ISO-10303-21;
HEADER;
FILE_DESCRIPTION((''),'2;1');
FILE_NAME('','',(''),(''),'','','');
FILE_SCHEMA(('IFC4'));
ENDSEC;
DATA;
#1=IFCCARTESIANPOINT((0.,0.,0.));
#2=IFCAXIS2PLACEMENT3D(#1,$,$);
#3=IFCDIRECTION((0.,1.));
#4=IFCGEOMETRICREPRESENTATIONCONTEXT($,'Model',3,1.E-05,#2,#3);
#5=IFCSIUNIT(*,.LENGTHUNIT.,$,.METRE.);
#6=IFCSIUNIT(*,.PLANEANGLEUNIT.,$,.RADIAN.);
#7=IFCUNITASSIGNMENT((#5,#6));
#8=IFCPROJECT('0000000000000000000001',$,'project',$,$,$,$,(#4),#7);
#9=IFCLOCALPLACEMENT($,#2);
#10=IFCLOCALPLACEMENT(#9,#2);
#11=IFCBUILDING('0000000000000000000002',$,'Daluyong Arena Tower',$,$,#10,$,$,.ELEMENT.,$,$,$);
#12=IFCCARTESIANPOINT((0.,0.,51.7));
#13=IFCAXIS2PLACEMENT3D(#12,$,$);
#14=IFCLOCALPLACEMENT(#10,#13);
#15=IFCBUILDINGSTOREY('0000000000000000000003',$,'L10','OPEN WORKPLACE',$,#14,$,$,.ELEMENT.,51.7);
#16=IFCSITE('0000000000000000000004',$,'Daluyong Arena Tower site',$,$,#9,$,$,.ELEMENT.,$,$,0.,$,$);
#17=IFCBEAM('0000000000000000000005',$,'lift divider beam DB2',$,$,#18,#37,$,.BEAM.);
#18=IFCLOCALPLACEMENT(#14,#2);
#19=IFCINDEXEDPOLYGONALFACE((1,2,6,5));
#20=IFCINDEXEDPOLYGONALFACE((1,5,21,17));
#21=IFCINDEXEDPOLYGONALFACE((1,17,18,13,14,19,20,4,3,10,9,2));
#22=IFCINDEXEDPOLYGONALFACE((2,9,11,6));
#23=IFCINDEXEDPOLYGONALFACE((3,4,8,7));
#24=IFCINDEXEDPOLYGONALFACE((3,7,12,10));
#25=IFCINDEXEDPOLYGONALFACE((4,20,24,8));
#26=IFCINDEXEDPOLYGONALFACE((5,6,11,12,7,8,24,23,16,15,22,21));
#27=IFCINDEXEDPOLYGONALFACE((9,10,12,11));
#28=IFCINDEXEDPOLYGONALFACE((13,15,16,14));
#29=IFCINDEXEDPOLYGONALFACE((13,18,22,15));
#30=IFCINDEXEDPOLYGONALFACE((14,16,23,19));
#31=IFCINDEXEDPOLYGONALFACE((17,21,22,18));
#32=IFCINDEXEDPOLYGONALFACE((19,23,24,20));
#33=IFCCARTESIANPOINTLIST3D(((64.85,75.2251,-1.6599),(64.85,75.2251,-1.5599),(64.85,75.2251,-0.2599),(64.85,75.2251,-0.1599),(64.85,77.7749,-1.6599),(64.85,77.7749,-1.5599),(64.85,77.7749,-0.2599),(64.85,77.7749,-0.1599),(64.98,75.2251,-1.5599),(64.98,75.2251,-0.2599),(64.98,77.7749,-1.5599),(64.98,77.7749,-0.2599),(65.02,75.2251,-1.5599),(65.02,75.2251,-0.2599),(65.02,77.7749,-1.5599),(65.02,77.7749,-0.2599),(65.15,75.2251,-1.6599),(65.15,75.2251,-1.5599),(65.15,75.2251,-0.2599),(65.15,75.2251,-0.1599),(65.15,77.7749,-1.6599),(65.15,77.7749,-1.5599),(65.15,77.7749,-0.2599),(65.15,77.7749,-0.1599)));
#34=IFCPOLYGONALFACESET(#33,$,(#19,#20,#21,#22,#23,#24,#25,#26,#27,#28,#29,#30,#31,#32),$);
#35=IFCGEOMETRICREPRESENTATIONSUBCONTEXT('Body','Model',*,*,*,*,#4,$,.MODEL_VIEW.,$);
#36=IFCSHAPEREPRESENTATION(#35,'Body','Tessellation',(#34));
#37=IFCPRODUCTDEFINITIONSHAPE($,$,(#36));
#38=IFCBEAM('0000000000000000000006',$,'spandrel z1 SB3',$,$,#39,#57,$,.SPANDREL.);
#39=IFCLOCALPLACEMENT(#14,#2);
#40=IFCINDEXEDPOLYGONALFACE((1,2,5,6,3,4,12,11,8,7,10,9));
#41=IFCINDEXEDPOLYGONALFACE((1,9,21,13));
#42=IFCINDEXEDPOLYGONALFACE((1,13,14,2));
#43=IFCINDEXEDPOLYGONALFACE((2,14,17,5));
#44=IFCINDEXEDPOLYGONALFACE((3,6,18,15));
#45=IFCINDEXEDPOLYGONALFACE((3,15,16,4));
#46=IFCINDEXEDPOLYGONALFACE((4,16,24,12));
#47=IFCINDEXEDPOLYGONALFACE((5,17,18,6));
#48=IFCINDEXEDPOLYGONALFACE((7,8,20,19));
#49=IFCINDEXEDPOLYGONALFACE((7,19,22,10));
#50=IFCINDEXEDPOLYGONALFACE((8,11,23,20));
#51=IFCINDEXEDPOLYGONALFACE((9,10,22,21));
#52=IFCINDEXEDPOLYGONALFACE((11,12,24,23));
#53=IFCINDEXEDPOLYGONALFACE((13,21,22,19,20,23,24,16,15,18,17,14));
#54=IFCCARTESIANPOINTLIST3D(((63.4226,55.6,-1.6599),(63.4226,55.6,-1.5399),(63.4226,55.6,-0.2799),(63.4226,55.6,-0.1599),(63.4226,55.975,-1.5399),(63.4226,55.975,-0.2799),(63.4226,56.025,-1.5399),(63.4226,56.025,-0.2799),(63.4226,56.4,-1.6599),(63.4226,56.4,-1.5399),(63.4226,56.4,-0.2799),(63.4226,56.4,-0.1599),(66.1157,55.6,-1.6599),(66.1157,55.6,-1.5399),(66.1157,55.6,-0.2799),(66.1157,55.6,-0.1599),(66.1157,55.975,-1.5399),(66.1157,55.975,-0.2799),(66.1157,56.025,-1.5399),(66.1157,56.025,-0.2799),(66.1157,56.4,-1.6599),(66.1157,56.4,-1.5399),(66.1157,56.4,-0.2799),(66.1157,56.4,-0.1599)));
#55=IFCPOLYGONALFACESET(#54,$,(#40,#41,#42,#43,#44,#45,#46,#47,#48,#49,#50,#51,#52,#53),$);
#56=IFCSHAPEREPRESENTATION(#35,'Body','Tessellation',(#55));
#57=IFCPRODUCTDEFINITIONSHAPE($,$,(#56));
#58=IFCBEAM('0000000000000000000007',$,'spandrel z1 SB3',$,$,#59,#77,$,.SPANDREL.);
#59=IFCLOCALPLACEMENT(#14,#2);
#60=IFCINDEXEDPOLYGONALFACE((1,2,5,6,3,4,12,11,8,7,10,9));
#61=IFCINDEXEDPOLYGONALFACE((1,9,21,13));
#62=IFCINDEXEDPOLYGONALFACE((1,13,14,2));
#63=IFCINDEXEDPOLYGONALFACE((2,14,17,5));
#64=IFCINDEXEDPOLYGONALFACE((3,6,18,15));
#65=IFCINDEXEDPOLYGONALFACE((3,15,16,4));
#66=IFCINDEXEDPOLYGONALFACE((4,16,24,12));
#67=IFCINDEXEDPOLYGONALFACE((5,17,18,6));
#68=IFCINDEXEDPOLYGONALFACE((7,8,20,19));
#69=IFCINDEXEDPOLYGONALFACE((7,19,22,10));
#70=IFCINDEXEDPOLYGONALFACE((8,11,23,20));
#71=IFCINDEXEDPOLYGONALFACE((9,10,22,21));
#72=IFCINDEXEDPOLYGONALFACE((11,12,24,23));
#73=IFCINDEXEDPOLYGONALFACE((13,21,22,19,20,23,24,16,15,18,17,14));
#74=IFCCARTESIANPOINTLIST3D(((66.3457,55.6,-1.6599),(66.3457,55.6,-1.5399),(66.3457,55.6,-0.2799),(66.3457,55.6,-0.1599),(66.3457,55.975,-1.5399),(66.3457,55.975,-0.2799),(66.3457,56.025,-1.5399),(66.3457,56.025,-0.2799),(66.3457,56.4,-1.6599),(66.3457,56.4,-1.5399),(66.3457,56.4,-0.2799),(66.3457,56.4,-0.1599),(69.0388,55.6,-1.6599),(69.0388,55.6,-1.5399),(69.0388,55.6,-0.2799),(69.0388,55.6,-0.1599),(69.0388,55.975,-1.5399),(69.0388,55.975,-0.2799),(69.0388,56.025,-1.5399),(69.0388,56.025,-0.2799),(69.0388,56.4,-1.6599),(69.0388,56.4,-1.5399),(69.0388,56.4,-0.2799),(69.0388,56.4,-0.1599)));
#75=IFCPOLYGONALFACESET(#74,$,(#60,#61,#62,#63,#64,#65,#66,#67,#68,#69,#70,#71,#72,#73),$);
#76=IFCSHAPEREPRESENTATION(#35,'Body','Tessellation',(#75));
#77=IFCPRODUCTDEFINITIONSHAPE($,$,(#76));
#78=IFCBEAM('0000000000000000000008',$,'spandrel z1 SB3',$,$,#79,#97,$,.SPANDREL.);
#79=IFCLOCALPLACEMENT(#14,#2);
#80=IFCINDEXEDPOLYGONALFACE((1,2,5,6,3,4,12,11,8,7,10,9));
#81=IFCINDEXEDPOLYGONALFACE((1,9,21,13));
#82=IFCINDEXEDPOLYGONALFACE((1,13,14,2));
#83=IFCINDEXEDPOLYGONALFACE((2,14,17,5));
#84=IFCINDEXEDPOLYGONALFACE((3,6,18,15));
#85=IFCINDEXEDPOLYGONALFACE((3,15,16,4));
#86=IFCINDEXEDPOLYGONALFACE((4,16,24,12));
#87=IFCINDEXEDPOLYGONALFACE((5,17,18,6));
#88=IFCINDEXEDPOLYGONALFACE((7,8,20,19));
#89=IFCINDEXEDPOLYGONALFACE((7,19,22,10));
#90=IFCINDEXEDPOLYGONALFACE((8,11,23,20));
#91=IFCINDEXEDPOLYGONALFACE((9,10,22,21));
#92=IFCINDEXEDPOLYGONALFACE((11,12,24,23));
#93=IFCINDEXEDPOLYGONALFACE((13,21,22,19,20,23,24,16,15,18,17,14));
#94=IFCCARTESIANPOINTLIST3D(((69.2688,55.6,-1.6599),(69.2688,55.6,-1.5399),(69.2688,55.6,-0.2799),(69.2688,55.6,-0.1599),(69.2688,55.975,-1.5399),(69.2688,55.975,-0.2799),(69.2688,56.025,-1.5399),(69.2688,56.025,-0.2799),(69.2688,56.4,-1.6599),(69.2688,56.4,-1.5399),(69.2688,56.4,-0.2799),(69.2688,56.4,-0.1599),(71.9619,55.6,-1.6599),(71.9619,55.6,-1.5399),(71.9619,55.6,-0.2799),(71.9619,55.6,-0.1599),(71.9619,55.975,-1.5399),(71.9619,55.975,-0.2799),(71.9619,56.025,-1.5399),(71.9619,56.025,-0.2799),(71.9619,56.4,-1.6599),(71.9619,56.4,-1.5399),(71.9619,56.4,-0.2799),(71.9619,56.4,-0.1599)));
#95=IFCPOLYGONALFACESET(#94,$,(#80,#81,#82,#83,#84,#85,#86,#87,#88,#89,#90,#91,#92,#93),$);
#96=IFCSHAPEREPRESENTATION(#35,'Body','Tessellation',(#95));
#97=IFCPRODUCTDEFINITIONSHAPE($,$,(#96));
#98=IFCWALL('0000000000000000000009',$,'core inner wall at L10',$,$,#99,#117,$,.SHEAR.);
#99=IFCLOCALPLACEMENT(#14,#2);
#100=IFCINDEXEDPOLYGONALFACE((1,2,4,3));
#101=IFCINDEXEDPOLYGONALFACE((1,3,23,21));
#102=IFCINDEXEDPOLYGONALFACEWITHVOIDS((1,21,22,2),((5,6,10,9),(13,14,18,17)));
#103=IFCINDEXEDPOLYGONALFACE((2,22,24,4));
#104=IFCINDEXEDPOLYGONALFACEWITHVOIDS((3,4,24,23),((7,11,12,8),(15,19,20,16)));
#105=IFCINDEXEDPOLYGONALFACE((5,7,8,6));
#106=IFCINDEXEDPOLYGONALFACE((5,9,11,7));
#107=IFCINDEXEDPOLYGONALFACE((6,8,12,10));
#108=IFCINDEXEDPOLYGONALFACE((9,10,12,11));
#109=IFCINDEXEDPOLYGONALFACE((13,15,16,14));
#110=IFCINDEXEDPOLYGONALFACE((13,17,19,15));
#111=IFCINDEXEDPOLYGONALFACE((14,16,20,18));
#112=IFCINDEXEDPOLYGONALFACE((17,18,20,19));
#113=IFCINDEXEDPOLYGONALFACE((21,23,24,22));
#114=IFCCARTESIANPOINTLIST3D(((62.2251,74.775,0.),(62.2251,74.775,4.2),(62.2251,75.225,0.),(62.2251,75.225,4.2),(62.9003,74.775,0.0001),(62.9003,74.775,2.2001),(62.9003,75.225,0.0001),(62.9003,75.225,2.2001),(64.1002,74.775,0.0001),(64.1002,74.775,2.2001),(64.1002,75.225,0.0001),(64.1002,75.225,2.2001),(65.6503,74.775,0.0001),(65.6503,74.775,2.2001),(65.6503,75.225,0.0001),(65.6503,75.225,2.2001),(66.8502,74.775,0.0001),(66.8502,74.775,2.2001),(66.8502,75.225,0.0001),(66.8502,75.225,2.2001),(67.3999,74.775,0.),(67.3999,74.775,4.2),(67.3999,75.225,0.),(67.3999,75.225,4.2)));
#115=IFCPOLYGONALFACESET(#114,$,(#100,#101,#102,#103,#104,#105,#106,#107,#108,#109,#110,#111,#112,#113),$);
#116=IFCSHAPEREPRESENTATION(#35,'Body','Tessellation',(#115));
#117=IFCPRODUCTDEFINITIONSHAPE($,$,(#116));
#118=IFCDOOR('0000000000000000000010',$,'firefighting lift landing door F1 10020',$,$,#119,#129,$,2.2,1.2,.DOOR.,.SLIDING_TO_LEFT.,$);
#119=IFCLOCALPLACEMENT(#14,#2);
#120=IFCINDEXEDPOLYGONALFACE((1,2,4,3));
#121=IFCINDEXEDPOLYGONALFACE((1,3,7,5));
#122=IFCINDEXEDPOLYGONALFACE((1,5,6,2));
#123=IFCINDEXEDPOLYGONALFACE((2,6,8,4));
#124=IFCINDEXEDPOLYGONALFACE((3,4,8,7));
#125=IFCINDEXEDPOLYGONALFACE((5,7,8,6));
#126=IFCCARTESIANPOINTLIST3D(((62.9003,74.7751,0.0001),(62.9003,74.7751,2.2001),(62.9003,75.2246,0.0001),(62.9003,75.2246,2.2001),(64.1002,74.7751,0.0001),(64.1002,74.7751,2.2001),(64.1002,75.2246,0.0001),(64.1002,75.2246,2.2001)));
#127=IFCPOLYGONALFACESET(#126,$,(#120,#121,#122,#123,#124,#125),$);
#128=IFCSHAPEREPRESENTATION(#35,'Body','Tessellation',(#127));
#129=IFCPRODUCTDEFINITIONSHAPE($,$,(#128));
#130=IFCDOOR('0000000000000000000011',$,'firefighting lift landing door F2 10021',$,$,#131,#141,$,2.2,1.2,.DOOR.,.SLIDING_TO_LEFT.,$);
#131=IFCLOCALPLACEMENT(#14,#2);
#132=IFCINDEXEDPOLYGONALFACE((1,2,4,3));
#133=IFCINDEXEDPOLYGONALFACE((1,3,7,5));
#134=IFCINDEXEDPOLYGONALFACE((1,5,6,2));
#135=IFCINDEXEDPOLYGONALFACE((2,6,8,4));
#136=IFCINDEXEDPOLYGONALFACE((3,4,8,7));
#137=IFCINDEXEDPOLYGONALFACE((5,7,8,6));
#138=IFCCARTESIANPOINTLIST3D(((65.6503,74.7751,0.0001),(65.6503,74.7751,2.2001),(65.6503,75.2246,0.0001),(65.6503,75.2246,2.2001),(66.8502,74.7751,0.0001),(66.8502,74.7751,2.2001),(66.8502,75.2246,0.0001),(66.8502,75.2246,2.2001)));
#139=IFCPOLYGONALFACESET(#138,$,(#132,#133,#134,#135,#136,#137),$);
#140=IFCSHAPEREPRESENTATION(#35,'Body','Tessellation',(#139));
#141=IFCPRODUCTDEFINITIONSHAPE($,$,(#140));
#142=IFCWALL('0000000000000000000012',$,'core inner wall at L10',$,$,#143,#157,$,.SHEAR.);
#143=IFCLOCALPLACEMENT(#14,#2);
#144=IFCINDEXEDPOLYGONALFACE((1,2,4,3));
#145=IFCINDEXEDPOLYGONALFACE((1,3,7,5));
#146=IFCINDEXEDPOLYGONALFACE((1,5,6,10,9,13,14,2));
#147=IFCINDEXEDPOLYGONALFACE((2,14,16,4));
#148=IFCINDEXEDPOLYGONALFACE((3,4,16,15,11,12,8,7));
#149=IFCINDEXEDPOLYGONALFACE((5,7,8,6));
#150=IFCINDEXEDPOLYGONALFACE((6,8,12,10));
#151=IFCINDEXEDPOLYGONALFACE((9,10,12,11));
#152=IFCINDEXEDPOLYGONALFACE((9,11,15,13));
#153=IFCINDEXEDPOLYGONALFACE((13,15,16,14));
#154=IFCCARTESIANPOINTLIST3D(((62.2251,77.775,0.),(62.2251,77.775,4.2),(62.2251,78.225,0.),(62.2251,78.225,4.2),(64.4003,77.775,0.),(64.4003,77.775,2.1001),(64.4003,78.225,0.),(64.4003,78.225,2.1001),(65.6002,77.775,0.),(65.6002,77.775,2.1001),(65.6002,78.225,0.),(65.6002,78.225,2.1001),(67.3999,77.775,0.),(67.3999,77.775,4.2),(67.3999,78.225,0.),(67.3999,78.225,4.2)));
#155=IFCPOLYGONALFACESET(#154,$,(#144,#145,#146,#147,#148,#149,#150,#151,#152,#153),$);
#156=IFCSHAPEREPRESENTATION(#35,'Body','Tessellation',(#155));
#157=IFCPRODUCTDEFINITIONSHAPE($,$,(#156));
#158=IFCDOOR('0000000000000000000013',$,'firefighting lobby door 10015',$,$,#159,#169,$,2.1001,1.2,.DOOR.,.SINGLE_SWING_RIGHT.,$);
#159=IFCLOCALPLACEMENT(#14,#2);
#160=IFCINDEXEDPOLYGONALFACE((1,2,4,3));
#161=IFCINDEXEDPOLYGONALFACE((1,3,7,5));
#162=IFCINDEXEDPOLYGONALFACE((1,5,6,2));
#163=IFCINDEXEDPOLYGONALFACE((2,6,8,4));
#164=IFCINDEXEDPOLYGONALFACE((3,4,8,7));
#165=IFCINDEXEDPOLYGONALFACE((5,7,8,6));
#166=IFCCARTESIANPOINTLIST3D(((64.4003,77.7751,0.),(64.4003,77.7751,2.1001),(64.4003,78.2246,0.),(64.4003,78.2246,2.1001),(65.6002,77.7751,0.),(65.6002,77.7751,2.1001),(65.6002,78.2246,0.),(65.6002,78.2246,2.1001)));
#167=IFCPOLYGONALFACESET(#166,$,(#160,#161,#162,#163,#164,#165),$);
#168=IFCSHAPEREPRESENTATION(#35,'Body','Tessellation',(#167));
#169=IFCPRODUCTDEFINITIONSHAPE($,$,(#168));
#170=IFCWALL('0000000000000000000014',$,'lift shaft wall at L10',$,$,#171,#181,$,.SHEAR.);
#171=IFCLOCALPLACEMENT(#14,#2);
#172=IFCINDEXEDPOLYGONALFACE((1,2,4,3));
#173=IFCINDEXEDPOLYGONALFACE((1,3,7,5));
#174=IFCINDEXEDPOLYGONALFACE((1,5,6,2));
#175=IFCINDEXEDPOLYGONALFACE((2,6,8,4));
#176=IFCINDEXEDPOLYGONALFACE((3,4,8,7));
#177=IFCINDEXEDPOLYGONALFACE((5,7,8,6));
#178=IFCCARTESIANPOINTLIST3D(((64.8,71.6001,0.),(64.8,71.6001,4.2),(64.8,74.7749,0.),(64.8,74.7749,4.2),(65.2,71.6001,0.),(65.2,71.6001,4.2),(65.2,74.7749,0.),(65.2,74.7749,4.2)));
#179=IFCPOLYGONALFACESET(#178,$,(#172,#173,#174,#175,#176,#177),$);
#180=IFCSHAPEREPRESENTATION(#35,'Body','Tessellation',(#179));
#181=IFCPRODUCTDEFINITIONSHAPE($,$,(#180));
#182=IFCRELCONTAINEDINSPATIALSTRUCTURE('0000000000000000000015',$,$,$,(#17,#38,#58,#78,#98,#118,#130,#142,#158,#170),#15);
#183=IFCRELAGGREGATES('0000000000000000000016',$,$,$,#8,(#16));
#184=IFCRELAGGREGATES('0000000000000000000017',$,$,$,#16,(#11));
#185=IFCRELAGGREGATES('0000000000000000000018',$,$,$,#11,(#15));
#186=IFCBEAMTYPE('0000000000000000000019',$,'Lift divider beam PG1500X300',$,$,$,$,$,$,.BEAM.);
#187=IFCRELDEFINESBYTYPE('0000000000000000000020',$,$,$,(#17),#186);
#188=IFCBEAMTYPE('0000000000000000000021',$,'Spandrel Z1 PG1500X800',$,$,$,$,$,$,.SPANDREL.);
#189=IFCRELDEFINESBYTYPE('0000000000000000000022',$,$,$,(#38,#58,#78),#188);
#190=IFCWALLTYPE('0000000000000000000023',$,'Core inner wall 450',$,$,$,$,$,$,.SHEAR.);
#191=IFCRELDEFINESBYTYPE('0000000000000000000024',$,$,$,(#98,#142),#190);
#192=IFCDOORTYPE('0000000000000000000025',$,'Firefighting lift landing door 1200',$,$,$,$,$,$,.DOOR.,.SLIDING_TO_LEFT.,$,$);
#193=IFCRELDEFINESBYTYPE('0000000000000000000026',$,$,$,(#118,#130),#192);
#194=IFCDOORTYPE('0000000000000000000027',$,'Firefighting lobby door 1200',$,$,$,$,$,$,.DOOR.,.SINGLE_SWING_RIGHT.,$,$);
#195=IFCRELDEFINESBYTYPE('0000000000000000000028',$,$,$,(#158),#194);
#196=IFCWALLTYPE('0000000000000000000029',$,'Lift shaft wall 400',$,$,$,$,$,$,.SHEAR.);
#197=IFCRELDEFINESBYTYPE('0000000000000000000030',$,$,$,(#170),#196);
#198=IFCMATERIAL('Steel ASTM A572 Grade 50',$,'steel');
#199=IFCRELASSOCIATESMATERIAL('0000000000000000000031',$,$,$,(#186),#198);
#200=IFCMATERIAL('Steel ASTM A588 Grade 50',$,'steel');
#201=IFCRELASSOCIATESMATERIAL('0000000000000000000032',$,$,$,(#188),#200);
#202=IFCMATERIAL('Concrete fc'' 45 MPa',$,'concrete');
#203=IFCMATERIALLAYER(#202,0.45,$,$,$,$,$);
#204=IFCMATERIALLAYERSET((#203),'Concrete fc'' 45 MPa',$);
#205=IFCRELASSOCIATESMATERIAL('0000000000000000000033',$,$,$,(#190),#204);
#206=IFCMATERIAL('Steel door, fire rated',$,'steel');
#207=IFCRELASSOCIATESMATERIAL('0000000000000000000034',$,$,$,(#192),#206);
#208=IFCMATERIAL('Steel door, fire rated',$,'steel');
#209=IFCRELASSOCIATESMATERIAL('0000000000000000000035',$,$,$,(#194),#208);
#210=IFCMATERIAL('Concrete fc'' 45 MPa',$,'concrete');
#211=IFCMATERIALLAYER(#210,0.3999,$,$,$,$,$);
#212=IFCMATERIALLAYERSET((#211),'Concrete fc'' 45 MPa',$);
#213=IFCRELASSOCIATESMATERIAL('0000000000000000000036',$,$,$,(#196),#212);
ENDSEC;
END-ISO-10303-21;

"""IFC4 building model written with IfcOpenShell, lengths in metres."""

from ifc_helpers import new_model, si_unit, direction, frame, frame_2d, origin, origin_2d, place, context, subcontext, project, spatial, rectangle, i_section, extrude, material, layer, layer_set, material_profile, profile_set, type_object, element, fill, save


model = new_model("IFC4")

# Units and contexts
model_context = context("Model", 3, precision=1e-05, world=origin(), true_north=direction((0.0, 1.0)))
body_context = subcontext(model_context, "Body", "Model", "MODEL_VIEW")
ifc_project = project(units=[si_unit("LENGTHUNIT", "METRE"), si_unit("PLANEANGLEUNIT", "RADIAN")], contexts=[model_context])

# Site, building, storey
site_placement = place(None, origin())
site = spatial("IfcSite", under=ifc_project, at=site_placement, Name="Daluyong Arena Tower site", CompositionType="ELEMENT", RefElevation=0.0)
building_placement = place(site_placement, origin())
building = spatial("IfcBuilding", under=site, at=building_placement, Name="Daluyong Arena Tower", CompositionType="ELEMENT")
storey_placement = place(building_placement, frame((0.0, 0.0, 51.7)))
storey = spatial("IfcBuildingStorey", under=building, at=storey_placement, Name="L10", Description="OPEN WORKPLACE", CompositionType="ELEMENT", Elevation=51.7)

# Beams
ifc_material_1 = material(Name="Steel ASTM A572 Grade 50", Category="steel")
ifc_material_profile_1 = material_profile(ifc_material_1, i_section(OverallWidth=0.3, OverallDepth=1.5, WebThickness=0.04, FlangeThickness=0.1, at=origin_2d()))
ifc_profile_set_1 = profile_set([ifc_material_profile_1], Name="Steel ASTM A572 Grade 50")
beam_type_1 = type_object("IfcBeamType", Name="Lift divider beam PG1500X300", PredefinedType="BEAM", material=ifc_profile_set_1)
beam_1_placement = place(storey_placement, frame((65.0, 75.2251, -0.9099), z_axis=(0.0, 1.0, 0.0), x_axis=(-1.0, 0.0, 0.0)))
element("IfcBeam", 1, at=beam_1_placement, inside=storey, type_object=beam_type_1, Name="lift divider beam DB2", PredefinedType="BEAM", context=body_context, shape_type="SweptSolid", body=[
    extrude(i_section(OverallWidth=0.3, OverallDepth=1.5, WebThickness=0.04, FlangeThickness=0.1, at=origin_2d()), origin(), (0.0, 0.0, 1.0), 2.5498),
])
ifc_material_2 = material(Name="Steel ASTM A588 Grade 50", Category="steel")
ifc_material_profile_2 = material_profile(ifc_material_2, i_section(OverallWidth=0.8, OverallDepth=1.5, WebThickness=0.05, FlangeThickness=0.12, at=origin_2d()))
ifc_profile_set_2 = profile_set([ifc_material_profile_2], Name="Steel ASTM A588 Grade 50")
beam_type_2 = type_object("IfcBeamType", Name="Spandrel Z1 PG1500X800", PredefinedType="SPANDREL", material=ifc_profile_set_2)
for number, where, z_axis, x_axis, name in (
    (2, (63.4226, 56.0, -0.9099), (1.0, 0.0, 0.0), (0.0, 1.0, 0.0), "spandrel z1 SB3"),
    (3, (66.3457, 56.0, -0.9099), (1.0, 0.0, 0.0), (0.0, 1.0, 0.0), "spandrel z1 SB3"),
    (4, (69.2688, 56.0, -0.9099), (1.0, 0.0, 0.0), (0.0, 1.0, 0.0), "spandrel z1 SB3"),
):
    element("IfcBeam", number, at=place(storey_placement, frame(where, z_axis=z_axis, x_axis=x_axis)), inside=storey, type_object=beam_type_2, Name=name, PredefinedType="SPANDREL", context=body_context, shape_type="SweptSolid", body=[
        extrude(i_section(OverallWidth=0.8, OverallDepth=1.5, WebThickness=0.05, FlangeThickness=0.12, at=origin_2d()), origin(), (0.0, 0.0, 1.0), 2.6931),
    ])

# Wall, openings, doors
ifc_material_3 = material(Name="Concrete fc' 45 MPa", Category="concrete")
ifc_layer_1 = layer(ifc_material_3, 0.45)
ifc_layer_set_1 = layer_set([ifc_layer_1], Name="Concrete fc' 45 MPa")
wall_type_1 = type_object("IfcWallType", Name="Core inner wall 450", PredefinedType="SHEAR", material=ifc_layer_set_1)
wall_1_placement = place(storey_placement, frame((62.2251, 75.0, 0.0), z_axis=(0.0, 0.0, 1.0), x_axis=(1.0, 0.0, 0.0)))
wall_1 = element("IfcWall", 5, at=wall_1_placement, inside=storey, type_object=wall_type_1, Name="core inner wall at L10", PredefinedType="SHEAR", context=body_context, shape_type="SweptSolid", body=[
    extrude(rectangle(XDim=5.1748, YDim=0.45, at=frame_2d((2.5874, 0.0))), origin(), (0.0, 0.0, 1.0), 4.2),
])
opening_1_placement = place(wall_1_placement, frame((0.675, 0.0, 0.0)))
opening_1 = element("IfcOpeningElement", 6, at=opening_1_placement, cuts=wall_1, PredefinedType="OPENING", context=body_context, shape_type="SweptSolid", body=[
    extrude(rectangle(XDim=1.2, YDim=2.2, at=frame_2d((0.6001, 1.1001))), frame((0.0, 0.2349, 0.0), z_axis=(0.0, -1.0, 0.0), x_axis=(1.0, 0.0, 0.0)), (0.0, 0.0, 1.0), 0.47),
])
opening_2_placement = place(wall_1_placement, frame((3.425, 0.0, 0.0)))
opening_2 = element("IfcOpeningElement", 7, at=opening_2_placement, cuts=wall_1, PredefinedType="OPENING", context=body_context, shape_type="SweptSolid", body=[
    extrude(rectangle(XDim=1.2, YDim=2.2, at=frame_2d((0.6001, 1.1001))), frame((0.0, 0.2349, 0.0), z_axis=(0.0, -1.0, 0.0), x_axis=(1.0, 0.0, 0.0)), (0.0, 0.0, 1.0), 0.47),
])
ifc_material_4 = material(Name="Steel door, fire rated", Category="steel")
door_type_1 = type_object("IfcDoorType", Name="Firefighting lift landing door 1200", OperationType="SLIDING_TO_LEFT", PredefinedType="DOOR", material=ifc_material_4)
door_1_placement = place(opening_1_placement, origin())
door_1 = element("IfcDoor", 8, at=door_1_placement, inside=storey, type_object=door_type_1, Name="firefighting lift landing door F1 10020", OperationType="SLIDING_TO_LEFT", OverallHeight=2.2, OverallWidth=1.2, PredefinedType="DOOR", context=body_context, shape_type="SweptSolid", body=[
    extrude(rectangle(XDim=1.2, YDim=2.2, at=frame_2d((0.6001, 1.1001))), frame((0.0, 0.2246, 0.0), z_axis=(0.0, -1.0, 0.0), x_axis=(1.0, 0.0, 0.0)), (0.0, 0.0, 1.0), 0.4495),
])
fill(opening_1, door_1)
door_2_placement = place(opening_2_placement, origin())
door_2 = element("IfcDoor", 9, at=door_2_placement, inside=storey, type_object=door_type_1, Name="firefighting lift landing door F2 10021", OperationType="SLIDING_TO_LEFT", OverallHeight=2.2, OverallWidth=1.2, PredefinedType="DOOR", context=body_context, shape_type="SweptSolid", body=[
    extrude(rectangle(XDim=1.2, YDim=2.2, at=frame_2d((0.6001, 1.1001))), frame((0.0, 0.2246, 0.0), z_axis=(0.0, -1.0, 0.0), x_axis=(1.0, 0.0, 0.0)), (0.0, 0.0, 1.0), 0.4495),
])
fill(opening_2, door_2)

# Wall, opening, door
wall_2_placement = place(storey_placement, frame((62.2251, 78.0, 0.0), z_axis=(0.0, 0.0, 1.0), x_axis=(1.0, 0.0, 0.0)))
wall_2 = element("IfcWall", 10, at=wall_2_placement, inside=storey, type_object=wall_type_1, Name="core inner wall at L10", PredefinedType="SHEAR", context=body_context, shape_type="SweptSolid", body=[
    extrude(rectangle(XDim=5.1748, YDim=0.45, at=frame_2d((2.5874, 0.0))), origin(), (0.0, 0.0, 1.0), 4.2),
])
opening_3_placement = place(wall_2_placement, frame((2.175, 0.0, 0.0)))
opening_3 = element("IfcOpeningElement", 11, at=opening_3_placement, cuts=wall_2, PredefinedType="OPENING", context=body_context, shape_type="SweptSolid", body=[
    extrude(rectangle(XDim=1.2, YDim=2.1001, at=frame_2d((0.6001, 1.05))), frame((0.0, 0.2349, 0.0), z_axis=(0.0, -1.0, 0.0), x_axis=(1.0, 0.0, 0.0)), (0.0, 0.0, 1.0), 0.47),
])
ifc_material_5 = material(Name="Steel door, fire rated", Category="steel")
door_type_2 = type_object("IfcDoorType", Name="Firefighting lobby door 1200", OperationType="SINGLE_SWING_RIGHT", PredefinedType="DOOR", material=ifc_material_5)
door_3_placement = place(opening_3_placement, origin())
door_3 = element("IfcDoor", 12, at=door_3_placement, inside=storey, type_object=door_type_2, Name="firefighting lobby door 10015", OperationType="SINGLE_SWING_RIGHT", OverallHeight=2.1001, OverallWidth=1.2, PredefinedType="DOOR", context=body_context, shape_type="SweptSolid", body=[
    extrude(rectangle(XDim=1.2, YDim=2.1001, at=frame_2d((0.6001, 1.05))), frame((0.0, 0.2246, 0.0), z_axis=(0.0, -1.0, 0.0), x_axis=(1.0, 0.0, 0.0)), (0.0, 0.0, 1.0), 0.4495),
])
fill(opening_3, door_3)

# Wall
ifc_material_6 = material(Name="Concrete fc' 45 MPa", Category="concrete")
ifc_layer_2 = layer(ifc_material_6, 0.3999)
ifc_layer_set_2 = layer_set([ifc_layer_2], Name="Concrete fc' 45 MPa")
wall_type_2 = type_object("IfcWallType", Name="Lift shaft wall 400", PredefinedType="SHEAR", material=ifc_layer_set_2)
wall_3_placement = place(storey_placement, frame((65.0, 71.6001, 0.0), z_axis=(0.0, 0.0, 1.0), x_axis=(0.0, 1.0, 0.0)))
element("IfcWall", 13, at=wall_3_placement, inside=storey, type_object=wall_type_2, Name="lift shaft wall at L10", PredefinedType="SHEAR", context=body_context, shape_type="SweptSolid", body=[
    extrude(rectangle(XDim=3.1748, YDim=0.3999, at=frame_2d((1.5874, 0.0))), origin(), (0.0, 0.0, 1.0), 4.2),
])

save(model, "model.ifc")
